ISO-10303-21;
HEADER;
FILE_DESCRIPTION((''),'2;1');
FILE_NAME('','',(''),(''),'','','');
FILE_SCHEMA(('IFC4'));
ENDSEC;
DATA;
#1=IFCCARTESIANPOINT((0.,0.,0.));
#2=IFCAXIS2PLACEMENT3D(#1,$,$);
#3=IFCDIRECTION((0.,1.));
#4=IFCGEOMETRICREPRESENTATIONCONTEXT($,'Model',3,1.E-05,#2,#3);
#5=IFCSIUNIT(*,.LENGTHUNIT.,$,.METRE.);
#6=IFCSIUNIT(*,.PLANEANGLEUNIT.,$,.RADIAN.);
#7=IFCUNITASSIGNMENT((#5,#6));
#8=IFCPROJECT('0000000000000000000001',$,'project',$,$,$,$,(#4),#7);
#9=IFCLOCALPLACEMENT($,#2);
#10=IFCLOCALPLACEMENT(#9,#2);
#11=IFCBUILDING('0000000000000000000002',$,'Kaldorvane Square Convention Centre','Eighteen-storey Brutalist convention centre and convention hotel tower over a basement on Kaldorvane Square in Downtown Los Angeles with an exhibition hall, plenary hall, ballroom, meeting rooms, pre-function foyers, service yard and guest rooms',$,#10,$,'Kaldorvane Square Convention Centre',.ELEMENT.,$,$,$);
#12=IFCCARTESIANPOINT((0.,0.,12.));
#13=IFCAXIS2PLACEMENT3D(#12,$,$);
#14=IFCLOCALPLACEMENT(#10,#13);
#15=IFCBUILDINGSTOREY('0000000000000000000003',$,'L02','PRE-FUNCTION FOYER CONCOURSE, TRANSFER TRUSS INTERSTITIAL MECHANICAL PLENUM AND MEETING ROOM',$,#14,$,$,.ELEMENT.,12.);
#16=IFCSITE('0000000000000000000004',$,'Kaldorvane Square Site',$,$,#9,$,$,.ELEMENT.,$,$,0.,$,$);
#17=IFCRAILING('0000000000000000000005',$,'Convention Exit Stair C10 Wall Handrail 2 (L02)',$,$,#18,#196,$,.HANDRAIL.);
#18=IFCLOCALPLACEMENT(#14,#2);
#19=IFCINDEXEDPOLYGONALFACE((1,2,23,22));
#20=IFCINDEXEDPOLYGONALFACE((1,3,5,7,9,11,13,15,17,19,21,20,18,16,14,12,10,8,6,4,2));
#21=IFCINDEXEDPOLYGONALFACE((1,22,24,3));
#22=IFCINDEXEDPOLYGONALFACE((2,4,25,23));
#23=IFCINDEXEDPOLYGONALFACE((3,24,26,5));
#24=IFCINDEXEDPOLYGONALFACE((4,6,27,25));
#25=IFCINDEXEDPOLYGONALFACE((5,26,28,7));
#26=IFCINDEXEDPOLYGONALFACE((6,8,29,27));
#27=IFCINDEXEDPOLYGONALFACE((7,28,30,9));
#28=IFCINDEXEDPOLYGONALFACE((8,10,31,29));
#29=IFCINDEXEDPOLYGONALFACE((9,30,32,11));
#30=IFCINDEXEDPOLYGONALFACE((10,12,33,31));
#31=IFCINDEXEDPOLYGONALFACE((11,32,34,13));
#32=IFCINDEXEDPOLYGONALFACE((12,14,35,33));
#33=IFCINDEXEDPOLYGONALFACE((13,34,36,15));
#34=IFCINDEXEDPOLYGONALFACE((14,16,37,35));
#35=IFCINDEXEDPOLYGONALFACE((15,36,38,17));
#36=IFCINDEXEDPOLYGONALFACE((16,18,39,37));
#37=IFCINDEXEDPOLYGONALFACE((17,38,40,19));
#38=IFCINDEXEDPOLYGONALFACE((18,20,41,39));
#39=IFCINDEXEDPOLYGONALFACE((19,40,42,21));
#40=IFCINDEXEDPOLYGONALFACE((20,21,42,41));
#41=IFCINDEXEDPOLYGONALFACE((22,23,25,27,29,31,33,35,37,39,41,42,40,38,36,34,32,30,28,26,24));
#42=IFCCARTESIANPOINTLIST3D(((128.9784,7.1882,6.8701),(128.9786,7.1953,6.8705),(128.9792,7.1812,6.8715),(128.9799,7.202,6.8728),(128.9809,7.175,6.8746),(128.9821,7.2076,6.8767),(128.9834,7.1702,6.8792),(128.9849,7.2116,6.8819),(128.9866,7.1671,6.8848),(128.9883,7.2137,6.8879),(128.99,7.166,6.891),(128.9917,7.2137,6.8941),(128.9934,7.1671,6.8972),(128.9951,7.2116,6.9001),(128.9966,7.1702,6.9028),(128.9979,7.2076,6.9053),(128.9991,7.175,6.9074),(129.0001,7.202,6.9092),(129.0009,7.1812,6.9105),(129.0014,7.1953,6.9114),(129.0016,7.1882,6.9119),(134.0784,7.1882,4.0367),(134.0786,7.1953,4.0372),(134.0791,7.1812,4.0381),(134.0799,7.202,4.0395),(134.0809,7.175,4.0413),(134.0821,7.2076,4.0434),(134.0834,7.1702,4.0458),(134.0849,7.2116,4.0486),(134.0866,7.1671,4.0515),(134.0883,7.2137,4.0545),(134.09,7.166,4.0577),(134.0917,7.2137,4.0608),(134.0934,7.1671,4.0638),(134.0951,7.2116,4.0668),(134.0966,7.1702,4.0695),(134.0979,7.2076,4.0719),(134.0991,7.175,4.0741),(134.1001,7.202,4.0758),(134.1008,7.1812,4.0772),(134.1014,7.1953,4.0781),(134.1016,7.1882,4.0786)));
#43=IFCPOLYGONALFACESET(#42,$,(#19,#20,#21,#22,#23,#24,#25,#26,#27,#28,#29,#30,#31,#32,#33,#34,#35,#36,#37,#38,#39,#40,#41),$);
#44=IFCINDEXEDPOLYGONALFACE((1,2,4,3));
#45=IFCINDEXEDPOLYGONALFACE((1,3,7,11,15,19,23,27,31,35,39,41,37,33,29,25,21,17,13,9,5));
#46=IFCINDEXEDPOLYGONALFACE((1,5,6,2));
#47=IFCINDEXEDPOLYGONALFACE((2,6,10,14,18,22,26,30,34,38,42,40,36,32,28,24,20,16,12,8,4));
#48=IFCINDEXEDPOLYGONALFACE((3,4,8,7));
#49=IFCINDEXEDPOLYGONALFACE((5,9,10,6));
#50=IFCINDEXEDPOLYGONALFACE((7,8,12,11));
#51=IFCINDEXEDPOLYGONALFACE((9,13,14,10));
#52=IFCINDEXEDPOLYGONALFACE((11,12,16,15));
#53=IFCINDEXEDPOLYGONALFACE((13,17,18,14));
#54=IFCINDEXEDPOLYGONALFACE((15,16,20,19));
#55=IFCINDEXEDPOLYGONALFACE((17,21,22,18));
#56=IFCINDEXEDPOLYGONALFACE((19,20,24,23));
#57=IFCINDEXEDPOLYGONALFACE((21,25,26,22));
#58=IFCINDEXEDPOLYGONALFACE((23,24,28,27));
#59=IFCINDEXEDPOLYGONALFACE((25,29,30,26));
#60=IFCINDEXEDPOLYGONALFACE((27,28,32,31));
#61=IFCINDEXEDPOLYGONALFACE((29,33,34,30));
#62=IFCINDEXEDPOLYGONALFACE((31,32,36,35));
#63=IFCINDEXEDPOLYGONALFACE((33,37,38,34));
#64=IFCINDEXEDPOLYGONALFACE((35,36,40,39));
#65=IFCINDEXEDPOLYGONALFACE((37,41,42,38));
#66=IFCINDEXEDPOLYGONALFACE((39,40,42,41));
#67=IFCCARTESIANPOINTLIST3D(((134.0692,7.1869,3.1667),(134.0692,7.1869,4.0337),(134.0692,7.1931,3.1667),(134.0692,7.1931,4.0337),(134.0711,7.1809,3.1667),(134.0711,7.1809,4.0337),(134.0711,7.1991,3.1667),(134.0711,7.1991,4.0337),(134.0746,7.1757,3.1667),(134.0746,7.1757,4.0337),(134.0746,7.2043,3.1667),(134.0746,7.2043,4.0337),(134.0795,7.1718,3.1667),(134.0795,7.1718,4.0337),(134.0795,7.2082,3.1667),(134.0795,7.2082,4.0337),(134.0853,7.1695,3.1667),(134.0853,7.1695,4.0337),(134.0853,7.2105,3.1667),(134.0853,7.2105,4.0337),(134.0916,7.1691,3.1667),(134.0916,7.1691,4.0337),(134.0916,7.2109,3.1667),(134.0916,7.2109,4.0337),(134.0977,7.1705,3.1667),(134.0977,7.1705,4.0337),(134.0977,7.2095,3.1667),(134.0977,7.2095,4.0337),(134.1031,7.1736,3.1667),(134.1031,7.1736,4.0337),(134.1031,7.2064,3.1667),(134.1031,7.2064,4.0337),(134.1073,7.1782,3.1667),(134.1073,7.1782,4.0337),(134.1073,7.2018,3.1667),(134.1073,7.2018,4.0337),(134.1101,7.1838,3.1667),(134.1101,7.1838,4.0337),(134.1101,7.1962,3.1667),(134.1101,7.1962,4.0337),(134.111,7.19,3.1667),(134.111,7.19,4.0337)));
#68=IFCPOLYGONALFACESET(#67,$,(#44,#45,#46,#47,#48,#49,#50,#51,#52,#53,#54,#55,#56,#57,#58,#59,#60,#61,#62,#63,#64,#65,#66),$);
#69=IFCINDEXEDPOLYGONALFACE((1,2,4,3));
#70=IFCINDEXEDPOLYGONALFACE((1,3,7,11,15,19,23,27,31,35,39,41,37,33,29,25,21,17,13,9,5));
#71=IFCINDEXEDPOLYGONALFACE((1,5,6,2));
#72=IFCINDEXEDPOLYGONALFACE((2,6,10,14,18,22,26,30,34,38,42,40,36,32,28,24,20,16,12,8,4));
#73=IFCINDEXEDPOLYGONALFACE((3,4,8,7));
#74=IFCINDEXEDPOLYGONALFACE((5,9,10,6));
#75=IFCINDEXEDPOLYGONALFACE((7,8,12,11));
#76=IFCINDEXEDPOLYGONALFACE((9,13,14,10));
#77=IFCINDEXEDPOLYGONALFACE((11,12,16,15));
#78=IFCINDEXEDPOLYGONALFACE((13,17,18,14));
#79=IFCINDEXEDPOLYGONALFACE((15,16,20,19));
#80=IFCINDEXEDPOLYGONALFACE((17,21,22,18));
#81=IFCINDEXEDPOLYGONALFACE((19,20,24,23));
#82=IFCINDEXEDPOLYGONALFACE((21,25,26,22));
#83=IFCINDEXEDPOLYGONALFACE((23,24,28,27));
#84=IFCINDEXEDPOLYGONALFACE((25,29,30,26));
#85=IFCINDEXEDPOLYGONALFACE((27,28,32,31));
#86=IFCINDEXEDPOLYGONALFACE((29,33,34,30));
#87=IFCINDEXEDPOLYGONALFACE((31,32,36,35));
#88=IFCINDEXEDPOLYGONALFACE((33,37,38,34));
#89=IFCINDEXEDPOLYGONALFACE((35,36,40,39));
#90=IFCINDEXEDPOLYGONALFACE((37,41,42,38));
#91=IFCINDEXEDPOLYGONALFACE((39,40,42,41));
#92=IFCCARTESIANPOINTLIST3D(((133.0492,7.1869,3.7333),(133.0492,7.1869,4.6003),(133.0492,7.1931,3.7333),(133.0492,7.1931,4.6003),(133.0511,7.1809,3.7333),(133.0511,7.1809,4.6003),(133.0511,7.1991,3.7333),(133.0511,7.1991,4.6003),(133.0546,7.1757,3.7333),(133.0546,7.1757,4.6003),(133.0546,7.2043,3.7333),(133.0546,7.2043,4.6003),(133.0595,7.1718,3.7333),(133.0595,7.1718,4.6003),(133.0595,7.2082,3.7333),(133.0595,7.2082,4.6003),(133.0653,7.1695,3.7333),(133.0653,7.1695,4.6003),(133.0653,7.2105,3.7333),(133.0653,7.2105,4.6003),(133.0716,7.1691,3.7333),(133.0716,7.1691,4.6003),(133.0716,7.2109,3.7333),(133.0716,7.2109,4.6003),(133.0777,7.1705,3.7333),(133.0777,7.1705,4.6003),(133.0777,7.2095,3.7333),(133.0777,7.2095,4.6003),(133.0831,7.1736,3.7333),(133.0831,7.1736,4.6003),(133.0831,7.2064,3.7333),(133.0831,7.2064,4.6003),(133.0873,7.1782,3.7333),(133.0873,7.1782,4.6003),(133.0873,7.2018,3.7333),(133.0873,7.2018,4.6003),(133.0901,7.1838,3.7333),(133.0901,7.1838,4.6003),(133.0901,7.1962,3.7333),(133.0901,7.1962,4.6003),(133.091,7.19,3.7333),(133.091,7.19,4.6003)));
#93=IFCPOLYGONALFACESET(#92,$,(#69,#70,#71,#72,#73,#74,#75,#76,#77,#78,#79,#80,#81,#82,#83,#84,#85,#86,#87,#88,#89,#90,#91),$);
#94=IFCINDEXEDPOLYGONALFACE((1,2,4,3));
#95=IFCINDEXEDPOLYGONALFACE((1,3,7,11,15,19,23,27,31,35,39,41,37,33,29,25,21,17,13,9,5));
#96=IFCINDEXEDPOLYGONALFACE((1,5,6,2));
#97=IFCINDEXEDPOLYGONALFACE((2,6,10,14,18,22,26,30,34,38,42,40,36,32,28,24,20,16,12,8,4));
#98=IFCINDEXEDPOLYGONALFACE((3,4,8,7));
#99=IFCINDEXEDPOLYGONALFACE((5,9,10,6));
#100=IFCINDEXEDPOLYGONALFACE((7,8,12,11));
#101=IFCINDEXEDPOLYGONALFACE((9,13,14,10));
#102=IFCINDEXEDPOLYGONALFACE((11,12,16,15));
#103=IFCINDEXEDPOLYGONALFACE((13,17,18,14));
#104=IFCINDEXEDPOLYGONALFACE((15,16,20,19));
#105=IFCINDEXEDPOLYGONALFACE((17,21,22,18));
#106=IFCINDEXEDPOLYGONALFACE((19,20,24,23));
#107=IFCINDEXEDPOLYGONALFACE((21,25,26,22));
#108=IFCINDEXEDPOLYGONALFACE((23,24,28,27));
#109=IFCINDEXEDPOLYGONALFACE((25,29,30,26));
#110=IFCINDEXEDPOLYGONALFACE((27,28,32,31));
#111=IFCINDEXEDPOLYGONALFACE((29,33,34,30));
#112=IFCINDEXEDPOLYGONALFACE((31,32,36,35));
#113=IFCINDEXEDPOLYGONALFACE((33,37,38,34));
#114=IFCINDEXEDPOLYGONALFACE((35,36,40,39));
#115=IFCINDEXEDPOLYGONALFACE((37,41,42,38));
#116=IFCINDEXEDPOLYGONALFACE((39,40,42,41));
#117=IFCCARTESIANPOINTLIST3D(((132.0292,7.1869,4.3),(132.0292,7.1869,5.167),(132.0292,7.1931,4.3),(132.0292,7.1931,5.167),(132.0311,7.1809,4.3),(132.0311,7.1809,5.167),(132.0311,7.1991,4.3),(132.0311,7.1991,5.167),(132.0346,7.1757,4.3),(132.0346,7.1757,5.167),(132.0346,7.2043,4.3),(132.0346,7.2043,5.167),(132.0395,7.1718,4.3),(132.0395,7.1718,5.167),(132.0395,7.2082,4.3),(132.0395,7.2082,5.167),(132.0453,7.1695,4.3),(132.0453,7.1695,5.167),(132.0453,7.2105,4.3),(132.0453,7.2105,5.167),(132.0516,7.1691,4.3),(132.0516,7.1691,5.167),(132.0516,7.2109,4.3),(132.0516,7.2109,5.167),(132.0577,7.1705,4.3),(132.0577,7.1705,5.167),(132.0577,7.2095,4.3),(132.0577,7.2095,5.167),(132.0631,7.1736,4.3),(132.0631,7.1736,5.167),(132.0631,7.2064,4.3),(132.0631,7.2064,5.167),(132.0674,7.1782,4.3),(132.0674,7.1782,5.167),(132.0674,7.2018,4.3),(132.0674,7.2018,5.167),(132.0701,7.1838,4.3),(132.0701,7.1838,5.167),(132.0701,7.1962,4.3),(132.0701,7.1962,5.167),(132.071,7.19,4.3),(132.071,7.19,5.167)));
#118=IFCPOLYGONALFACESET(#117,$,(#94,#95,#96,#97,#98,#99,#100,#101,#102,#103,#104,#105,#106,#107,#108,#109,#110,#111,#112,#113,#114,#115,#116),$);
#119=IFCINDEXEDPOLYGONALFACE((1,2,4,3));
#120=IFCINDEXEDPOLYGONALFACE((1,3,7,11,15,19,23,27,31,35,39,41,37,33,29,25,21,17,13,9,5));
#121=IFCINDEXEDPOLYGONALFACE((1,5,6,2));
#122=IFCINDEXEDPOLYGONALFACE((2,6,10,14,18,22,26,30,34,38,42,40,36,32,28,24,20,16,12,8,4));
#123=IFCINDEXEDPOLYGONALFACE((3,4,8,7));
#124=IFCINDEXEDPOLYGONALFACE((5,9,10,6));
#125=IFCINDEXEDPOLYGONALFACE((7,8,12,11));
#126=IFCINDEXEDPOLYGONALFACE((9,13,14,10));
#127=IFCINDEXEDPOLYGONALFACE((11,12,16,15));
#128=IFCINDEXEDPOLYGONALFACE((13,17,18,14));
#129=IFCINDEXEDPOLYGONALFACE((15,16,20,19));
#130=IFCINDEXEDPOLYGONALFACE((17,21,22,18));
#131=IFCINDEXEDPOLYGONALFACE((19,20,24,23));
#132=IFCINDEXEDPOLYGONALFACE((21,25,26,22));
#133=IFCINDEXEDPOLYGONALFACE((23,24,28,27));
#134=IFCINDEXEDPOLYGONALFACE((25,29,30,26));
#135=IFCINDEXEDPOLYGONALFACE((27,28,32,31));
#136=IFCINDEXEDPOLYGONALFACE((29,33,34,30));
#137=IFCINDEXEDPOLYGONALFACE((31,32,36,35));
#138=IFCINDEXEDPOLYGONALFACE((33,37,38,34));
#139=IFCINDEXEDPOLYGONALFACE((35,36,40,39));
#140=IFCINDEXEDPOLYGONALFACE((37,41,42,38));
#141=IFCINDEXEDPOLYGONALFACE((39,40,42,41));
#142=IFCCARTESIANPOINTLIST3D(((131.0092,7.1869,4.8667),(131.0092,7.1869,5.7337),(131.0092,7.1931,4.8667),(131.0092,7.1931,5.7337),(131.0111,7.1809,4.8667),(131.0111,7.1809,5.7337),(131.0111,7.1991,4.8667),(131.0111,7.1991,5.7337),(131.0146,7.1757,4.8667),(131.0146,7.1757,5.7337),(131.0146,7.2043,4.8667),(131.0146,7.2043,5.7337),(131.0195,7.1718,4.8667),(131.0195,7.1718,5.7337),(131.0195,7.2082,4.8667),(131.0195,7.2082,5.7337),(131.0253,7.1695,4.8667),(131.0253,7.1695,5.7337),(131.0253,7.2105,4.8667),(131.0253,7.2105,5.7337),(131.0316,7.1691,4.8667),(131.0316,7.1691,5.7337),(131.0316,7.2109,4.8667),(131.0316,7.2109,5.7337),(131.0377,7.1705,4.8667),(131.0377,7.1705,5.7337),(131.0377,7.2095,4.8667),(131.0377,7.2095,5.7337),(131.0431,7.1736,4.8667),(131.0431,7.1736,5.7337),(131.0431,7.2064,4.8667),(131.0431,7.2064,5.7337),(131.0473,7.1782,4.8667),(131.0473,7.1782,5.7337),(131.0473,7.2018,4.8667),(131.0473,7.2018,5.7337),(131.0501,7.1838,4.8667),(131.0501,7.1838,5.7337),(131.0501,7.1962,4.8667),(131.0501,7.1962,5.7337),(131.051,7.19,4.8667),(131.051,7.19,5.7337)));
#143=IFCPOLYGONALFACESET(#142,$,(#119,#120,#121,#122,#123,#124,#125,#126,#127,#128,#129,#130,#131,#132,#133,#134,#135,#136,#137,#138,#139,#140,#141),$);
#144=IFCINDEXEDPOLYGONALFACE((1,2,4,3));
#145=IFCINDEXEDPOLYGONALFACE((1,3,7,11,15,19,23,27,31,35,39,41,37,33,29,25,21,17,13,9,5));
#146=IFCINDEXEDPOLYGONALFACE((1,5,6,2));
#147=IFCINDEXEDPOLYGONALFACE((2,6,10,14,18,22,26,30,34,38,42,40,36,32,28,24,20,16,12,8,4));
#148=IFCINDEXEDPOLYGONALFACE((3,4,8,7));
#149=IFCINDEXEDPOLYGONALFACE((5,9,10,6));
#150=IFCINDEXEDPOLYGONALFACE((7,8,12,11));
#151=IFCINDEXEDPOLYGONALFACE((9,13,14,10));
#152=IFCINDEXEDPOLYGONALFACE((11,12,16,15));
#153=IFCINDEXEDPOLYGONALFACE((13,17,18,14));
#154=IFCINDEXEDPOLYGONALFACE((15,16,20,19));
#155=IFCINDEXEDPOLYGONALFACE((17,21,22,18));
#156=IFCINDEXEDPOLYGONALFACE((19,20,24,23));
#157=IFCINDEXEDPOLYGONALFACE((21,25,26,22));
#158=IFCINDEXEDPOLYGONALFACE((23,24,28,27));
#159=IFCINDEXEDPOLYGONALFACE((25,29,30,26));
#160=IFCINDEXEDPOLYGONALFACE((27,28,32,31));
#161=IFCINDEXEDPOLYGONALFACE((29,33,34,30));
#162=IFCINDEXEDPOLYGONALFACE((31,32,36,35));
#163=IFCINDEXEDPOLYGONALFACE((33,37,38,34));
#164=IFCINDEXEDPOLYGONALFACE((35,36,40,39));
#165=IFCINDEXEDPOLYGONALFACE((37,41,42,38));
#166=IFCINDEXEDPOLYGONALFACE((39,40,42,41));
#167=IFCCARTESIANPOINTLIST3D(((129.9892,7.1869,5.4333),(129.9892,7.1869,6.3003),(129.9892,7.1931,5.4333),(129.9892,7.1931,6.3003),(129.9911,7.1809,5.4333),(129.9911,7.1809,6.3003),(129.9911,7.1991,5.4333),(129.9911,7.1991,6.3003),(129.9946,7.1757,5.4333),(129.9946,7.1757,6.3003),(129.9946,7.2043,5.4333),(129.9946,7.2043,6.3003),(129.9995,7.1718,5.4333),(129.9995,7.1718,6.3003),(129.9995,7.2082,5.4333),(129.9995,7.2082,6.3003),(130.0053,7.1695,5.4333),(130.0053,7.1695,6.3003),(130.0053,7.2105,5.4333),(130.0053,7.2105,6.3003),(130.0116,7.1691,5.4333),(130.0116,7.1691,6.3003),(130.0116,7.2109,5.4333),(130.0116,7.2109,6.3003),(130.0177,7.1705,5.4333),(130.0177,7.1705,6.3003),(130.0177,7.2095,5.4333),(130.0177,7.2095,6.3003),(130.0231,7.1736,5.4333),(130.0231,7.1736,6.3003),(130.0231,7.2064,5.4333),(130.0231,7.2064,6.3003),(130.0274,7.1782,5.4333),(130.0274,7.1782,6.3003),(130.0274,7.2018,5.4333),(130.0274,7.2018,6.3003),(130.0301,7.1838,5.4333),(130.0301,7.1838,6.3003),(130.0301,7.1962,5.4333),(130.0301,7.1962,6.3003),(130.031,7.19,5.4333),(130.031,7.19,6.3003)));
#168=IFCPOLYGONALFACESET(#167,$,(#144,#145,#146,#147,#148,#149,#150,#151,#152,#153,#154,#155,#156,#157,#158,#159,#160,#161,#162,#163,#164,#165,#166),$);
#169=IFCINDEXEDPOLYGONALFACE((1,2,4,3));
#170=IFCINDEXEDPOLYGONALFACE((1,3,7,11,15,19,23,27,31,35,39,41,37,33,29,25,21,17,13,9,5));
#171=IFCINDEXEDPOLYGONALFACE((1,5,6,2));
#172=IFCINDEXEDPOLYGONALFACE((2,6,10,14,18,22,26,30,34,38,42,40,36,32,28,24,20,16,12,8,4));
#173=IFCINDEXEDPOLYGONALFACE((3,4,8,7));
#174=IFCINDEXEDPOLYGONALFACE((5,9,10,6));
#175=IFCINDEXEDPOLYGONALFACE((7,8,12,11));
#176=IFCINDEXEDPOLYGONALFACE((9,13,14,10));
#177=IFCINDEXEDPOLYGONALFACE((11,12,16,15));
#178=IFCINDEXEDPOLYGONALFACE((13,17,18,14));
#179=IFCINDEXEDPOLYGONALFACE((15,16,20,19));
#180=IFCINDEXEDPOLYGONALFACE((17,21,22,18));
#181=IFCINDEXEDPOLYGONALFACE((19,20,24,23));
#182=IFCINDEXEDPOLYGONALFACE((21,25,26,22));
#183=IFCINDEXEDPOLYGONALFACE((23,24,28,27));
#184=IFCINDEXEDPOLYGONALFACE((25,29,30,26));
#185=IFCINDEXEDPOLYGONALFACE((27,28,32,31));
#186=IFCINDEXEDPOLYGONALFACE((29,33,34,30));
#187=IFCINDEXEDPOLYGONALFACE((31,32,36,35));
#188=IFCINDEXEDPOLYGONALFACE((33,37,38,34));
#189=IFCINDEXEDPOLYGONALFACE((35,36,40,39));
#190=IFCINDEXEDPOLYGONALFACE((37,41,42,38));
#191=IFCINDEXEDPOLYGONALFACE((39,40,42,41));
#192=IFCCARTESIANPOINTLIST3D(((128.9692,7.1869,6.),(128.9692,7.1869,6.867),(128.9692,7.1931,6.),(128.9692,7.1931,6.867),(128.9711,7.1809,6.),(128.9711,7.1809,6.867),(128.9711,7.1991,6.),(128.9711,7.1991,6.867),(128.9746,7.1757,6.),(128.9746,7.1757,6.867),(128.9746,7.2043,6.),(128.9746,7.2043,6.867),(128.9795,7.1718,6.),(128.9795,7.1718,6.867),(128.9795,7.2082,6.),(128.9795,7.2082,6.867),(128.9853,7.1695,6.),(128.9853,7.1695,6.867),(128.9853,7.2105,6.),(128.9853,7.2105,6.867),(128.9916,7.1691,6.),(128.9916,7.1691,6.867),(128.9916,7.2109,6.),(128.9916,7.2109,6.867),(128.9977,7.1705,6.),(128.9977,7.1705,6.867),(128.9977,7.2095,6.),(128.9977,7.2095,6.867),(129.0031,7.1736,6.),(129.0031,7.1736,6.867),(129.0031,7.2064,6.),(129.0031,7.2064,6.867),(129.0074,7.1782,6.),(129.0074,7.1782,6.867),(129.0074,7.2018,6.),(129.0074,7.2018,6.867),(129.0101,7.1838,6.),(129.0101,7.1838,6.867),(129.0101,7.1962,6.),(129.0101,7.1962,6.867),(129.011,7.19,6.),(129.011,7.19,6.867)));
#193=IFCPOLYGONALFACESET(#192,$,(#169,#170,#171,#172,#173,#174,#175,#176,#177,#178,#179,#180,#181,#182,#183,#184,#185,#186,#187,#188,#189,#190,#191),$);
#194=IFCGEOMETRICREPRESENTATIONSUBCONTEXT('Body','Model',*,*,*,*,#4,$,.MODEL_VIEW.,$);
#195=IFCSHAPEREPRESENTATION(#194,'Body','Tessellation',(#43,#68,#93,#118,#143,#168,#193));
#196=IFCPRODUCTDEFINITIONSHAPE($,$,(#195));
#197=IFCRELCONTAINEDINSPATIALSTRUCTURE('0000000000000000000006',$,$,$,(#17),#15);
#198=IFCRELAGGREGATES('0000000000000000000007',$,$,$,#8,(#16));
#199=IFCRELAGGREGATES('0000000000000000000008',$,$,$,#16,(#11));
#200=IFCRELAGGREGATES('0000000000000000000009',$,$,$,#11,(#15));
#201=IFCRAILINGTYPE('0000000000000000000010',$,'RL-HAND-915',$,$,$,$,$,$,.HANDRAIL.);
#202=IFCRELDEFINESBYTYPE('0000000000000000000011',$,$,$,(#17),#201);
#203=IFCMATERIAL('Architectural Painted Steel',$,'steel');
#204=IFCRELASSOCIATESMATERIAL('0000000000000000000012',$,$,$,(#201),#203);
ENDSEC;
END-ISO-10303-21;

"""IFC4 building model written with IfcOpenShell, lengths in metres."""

from ifc_helpers import new_model, si_unit, direction, frame, origin, origin_2d, place, context, subcontext, project, spatial, circle, extrude, material, type_object, element, save


model = new_model("IFC4")

# Units and contexts
model_context = context("Model", 3, precision=1e-05, world=origin(), true_north=direction((0.0, 1.0)))
body_context = subcontext(model_context, "Body", "Model", "MODEL_VIEW")
ifc_project = project(units=[si_unit("LENGTHUNIT", "METRE"), si_unit("PLANEANGLEUNIT", "RADIAN")], contexts=[model_context])

# Site, building, storey
site_placement = place(None, origin())
site = spatial("IfcSite", under=ifc_project, at=site_placement, Name="Kaldorvane Square Site", CompositionType="ELEMENT", RefElevation=0.0)
building_placement = place(site_placement, origin())
building = spatial("IfcBuilding", under=site, at=building_placement, Name="Kaldorvane Square Convention Centre", Description="Eighteen-storey Brutalist convention centre and convention hotel tower over a basement on Kaldorvane Square in Downtown Los Angeles with an exhibition hall, plenary hall, ballroom, meeting rooms, pre-function foyers, service yard and guest rooms", LongName="Kaldorvane Square Convention Centre", CompositionType="ELEMENT")
storey_placement = place(building_placement, frame((0.0, 0.0, 12.0)))
storey = spatial("IfcBuildingStorey", under=building, at=storey_placement, Name="L02", Description="PRE-FUNCTION FOYER CONCOURSE, TRANSFER TRUSS INTERSTITIAL MECHANICAL PLENUM AND MEETING ROOM", CompositionType="ELEMENT", Elevation=12.0)

# Railing
ifc_material_1 = material(Name="Architectural Painted Steel", Category="steel")
railing_type_1 = type_object("IfcRailingType", Name="RL-HAND-915", PredefinedType="HANDRAIL", material=ifc_material_1)
railing_1_placement = place(storey_placement, frame((134.09, 7.19, 3.1667)))
element("IfcRailing", 1, at=railing_1_placement, inside=storey, type_object=railing_type_1, Name="Convention Exit Stair C10 Wall Handrail 2 (L02)", PredefinedType="HANDRAIL", context=body_context, shape_type="SweptSolid", body=[
    extrude(circle(Radius=0.024, at=origin_2d()), frame((0.0, 0.0, 0.891), z_axis=(-0.874157, 0.0, 0.485643), x_axis=(0.0, -1.0, 0.0)), (0.0, 0.0, 1.0), 5.8342),
    extrude(circle(Radius=0.021, at=origin_2d()), origin(), (0.0, 0.0, 1.0), 0.867),
    extrude(circle(Radius=0.021, at=origin_2d()), frame((-1.02, 0.0, 0.5667)), (0.0, 0.0, 1.0), 0.867),
    extrude(circle(Radius=0.021, at=origin_2d()), frame((-2.04, 0.0, 1.1333)), (0.0, 0.0, 1.0), 0.867),
    extrude(circle(Radius=0.021, at=origin_2d()), frame((-3.06, 0.0, 1.7)), (0.0, 0.0, 1.0), 0.867),
    extrude(circle(Radius=0.021, at=origin_2d()), frame((-4.08, 0.0, 2.2667)), (0.0, 0.0, 1.0), 0.867),
    extrude(circle(Radius=0.021, at=origin_2d()), frame((-5.1, 0.0, 2.8333)), (0.0, 0.0, 1.0), 0.867),
])

save(model, "model.ifc")
